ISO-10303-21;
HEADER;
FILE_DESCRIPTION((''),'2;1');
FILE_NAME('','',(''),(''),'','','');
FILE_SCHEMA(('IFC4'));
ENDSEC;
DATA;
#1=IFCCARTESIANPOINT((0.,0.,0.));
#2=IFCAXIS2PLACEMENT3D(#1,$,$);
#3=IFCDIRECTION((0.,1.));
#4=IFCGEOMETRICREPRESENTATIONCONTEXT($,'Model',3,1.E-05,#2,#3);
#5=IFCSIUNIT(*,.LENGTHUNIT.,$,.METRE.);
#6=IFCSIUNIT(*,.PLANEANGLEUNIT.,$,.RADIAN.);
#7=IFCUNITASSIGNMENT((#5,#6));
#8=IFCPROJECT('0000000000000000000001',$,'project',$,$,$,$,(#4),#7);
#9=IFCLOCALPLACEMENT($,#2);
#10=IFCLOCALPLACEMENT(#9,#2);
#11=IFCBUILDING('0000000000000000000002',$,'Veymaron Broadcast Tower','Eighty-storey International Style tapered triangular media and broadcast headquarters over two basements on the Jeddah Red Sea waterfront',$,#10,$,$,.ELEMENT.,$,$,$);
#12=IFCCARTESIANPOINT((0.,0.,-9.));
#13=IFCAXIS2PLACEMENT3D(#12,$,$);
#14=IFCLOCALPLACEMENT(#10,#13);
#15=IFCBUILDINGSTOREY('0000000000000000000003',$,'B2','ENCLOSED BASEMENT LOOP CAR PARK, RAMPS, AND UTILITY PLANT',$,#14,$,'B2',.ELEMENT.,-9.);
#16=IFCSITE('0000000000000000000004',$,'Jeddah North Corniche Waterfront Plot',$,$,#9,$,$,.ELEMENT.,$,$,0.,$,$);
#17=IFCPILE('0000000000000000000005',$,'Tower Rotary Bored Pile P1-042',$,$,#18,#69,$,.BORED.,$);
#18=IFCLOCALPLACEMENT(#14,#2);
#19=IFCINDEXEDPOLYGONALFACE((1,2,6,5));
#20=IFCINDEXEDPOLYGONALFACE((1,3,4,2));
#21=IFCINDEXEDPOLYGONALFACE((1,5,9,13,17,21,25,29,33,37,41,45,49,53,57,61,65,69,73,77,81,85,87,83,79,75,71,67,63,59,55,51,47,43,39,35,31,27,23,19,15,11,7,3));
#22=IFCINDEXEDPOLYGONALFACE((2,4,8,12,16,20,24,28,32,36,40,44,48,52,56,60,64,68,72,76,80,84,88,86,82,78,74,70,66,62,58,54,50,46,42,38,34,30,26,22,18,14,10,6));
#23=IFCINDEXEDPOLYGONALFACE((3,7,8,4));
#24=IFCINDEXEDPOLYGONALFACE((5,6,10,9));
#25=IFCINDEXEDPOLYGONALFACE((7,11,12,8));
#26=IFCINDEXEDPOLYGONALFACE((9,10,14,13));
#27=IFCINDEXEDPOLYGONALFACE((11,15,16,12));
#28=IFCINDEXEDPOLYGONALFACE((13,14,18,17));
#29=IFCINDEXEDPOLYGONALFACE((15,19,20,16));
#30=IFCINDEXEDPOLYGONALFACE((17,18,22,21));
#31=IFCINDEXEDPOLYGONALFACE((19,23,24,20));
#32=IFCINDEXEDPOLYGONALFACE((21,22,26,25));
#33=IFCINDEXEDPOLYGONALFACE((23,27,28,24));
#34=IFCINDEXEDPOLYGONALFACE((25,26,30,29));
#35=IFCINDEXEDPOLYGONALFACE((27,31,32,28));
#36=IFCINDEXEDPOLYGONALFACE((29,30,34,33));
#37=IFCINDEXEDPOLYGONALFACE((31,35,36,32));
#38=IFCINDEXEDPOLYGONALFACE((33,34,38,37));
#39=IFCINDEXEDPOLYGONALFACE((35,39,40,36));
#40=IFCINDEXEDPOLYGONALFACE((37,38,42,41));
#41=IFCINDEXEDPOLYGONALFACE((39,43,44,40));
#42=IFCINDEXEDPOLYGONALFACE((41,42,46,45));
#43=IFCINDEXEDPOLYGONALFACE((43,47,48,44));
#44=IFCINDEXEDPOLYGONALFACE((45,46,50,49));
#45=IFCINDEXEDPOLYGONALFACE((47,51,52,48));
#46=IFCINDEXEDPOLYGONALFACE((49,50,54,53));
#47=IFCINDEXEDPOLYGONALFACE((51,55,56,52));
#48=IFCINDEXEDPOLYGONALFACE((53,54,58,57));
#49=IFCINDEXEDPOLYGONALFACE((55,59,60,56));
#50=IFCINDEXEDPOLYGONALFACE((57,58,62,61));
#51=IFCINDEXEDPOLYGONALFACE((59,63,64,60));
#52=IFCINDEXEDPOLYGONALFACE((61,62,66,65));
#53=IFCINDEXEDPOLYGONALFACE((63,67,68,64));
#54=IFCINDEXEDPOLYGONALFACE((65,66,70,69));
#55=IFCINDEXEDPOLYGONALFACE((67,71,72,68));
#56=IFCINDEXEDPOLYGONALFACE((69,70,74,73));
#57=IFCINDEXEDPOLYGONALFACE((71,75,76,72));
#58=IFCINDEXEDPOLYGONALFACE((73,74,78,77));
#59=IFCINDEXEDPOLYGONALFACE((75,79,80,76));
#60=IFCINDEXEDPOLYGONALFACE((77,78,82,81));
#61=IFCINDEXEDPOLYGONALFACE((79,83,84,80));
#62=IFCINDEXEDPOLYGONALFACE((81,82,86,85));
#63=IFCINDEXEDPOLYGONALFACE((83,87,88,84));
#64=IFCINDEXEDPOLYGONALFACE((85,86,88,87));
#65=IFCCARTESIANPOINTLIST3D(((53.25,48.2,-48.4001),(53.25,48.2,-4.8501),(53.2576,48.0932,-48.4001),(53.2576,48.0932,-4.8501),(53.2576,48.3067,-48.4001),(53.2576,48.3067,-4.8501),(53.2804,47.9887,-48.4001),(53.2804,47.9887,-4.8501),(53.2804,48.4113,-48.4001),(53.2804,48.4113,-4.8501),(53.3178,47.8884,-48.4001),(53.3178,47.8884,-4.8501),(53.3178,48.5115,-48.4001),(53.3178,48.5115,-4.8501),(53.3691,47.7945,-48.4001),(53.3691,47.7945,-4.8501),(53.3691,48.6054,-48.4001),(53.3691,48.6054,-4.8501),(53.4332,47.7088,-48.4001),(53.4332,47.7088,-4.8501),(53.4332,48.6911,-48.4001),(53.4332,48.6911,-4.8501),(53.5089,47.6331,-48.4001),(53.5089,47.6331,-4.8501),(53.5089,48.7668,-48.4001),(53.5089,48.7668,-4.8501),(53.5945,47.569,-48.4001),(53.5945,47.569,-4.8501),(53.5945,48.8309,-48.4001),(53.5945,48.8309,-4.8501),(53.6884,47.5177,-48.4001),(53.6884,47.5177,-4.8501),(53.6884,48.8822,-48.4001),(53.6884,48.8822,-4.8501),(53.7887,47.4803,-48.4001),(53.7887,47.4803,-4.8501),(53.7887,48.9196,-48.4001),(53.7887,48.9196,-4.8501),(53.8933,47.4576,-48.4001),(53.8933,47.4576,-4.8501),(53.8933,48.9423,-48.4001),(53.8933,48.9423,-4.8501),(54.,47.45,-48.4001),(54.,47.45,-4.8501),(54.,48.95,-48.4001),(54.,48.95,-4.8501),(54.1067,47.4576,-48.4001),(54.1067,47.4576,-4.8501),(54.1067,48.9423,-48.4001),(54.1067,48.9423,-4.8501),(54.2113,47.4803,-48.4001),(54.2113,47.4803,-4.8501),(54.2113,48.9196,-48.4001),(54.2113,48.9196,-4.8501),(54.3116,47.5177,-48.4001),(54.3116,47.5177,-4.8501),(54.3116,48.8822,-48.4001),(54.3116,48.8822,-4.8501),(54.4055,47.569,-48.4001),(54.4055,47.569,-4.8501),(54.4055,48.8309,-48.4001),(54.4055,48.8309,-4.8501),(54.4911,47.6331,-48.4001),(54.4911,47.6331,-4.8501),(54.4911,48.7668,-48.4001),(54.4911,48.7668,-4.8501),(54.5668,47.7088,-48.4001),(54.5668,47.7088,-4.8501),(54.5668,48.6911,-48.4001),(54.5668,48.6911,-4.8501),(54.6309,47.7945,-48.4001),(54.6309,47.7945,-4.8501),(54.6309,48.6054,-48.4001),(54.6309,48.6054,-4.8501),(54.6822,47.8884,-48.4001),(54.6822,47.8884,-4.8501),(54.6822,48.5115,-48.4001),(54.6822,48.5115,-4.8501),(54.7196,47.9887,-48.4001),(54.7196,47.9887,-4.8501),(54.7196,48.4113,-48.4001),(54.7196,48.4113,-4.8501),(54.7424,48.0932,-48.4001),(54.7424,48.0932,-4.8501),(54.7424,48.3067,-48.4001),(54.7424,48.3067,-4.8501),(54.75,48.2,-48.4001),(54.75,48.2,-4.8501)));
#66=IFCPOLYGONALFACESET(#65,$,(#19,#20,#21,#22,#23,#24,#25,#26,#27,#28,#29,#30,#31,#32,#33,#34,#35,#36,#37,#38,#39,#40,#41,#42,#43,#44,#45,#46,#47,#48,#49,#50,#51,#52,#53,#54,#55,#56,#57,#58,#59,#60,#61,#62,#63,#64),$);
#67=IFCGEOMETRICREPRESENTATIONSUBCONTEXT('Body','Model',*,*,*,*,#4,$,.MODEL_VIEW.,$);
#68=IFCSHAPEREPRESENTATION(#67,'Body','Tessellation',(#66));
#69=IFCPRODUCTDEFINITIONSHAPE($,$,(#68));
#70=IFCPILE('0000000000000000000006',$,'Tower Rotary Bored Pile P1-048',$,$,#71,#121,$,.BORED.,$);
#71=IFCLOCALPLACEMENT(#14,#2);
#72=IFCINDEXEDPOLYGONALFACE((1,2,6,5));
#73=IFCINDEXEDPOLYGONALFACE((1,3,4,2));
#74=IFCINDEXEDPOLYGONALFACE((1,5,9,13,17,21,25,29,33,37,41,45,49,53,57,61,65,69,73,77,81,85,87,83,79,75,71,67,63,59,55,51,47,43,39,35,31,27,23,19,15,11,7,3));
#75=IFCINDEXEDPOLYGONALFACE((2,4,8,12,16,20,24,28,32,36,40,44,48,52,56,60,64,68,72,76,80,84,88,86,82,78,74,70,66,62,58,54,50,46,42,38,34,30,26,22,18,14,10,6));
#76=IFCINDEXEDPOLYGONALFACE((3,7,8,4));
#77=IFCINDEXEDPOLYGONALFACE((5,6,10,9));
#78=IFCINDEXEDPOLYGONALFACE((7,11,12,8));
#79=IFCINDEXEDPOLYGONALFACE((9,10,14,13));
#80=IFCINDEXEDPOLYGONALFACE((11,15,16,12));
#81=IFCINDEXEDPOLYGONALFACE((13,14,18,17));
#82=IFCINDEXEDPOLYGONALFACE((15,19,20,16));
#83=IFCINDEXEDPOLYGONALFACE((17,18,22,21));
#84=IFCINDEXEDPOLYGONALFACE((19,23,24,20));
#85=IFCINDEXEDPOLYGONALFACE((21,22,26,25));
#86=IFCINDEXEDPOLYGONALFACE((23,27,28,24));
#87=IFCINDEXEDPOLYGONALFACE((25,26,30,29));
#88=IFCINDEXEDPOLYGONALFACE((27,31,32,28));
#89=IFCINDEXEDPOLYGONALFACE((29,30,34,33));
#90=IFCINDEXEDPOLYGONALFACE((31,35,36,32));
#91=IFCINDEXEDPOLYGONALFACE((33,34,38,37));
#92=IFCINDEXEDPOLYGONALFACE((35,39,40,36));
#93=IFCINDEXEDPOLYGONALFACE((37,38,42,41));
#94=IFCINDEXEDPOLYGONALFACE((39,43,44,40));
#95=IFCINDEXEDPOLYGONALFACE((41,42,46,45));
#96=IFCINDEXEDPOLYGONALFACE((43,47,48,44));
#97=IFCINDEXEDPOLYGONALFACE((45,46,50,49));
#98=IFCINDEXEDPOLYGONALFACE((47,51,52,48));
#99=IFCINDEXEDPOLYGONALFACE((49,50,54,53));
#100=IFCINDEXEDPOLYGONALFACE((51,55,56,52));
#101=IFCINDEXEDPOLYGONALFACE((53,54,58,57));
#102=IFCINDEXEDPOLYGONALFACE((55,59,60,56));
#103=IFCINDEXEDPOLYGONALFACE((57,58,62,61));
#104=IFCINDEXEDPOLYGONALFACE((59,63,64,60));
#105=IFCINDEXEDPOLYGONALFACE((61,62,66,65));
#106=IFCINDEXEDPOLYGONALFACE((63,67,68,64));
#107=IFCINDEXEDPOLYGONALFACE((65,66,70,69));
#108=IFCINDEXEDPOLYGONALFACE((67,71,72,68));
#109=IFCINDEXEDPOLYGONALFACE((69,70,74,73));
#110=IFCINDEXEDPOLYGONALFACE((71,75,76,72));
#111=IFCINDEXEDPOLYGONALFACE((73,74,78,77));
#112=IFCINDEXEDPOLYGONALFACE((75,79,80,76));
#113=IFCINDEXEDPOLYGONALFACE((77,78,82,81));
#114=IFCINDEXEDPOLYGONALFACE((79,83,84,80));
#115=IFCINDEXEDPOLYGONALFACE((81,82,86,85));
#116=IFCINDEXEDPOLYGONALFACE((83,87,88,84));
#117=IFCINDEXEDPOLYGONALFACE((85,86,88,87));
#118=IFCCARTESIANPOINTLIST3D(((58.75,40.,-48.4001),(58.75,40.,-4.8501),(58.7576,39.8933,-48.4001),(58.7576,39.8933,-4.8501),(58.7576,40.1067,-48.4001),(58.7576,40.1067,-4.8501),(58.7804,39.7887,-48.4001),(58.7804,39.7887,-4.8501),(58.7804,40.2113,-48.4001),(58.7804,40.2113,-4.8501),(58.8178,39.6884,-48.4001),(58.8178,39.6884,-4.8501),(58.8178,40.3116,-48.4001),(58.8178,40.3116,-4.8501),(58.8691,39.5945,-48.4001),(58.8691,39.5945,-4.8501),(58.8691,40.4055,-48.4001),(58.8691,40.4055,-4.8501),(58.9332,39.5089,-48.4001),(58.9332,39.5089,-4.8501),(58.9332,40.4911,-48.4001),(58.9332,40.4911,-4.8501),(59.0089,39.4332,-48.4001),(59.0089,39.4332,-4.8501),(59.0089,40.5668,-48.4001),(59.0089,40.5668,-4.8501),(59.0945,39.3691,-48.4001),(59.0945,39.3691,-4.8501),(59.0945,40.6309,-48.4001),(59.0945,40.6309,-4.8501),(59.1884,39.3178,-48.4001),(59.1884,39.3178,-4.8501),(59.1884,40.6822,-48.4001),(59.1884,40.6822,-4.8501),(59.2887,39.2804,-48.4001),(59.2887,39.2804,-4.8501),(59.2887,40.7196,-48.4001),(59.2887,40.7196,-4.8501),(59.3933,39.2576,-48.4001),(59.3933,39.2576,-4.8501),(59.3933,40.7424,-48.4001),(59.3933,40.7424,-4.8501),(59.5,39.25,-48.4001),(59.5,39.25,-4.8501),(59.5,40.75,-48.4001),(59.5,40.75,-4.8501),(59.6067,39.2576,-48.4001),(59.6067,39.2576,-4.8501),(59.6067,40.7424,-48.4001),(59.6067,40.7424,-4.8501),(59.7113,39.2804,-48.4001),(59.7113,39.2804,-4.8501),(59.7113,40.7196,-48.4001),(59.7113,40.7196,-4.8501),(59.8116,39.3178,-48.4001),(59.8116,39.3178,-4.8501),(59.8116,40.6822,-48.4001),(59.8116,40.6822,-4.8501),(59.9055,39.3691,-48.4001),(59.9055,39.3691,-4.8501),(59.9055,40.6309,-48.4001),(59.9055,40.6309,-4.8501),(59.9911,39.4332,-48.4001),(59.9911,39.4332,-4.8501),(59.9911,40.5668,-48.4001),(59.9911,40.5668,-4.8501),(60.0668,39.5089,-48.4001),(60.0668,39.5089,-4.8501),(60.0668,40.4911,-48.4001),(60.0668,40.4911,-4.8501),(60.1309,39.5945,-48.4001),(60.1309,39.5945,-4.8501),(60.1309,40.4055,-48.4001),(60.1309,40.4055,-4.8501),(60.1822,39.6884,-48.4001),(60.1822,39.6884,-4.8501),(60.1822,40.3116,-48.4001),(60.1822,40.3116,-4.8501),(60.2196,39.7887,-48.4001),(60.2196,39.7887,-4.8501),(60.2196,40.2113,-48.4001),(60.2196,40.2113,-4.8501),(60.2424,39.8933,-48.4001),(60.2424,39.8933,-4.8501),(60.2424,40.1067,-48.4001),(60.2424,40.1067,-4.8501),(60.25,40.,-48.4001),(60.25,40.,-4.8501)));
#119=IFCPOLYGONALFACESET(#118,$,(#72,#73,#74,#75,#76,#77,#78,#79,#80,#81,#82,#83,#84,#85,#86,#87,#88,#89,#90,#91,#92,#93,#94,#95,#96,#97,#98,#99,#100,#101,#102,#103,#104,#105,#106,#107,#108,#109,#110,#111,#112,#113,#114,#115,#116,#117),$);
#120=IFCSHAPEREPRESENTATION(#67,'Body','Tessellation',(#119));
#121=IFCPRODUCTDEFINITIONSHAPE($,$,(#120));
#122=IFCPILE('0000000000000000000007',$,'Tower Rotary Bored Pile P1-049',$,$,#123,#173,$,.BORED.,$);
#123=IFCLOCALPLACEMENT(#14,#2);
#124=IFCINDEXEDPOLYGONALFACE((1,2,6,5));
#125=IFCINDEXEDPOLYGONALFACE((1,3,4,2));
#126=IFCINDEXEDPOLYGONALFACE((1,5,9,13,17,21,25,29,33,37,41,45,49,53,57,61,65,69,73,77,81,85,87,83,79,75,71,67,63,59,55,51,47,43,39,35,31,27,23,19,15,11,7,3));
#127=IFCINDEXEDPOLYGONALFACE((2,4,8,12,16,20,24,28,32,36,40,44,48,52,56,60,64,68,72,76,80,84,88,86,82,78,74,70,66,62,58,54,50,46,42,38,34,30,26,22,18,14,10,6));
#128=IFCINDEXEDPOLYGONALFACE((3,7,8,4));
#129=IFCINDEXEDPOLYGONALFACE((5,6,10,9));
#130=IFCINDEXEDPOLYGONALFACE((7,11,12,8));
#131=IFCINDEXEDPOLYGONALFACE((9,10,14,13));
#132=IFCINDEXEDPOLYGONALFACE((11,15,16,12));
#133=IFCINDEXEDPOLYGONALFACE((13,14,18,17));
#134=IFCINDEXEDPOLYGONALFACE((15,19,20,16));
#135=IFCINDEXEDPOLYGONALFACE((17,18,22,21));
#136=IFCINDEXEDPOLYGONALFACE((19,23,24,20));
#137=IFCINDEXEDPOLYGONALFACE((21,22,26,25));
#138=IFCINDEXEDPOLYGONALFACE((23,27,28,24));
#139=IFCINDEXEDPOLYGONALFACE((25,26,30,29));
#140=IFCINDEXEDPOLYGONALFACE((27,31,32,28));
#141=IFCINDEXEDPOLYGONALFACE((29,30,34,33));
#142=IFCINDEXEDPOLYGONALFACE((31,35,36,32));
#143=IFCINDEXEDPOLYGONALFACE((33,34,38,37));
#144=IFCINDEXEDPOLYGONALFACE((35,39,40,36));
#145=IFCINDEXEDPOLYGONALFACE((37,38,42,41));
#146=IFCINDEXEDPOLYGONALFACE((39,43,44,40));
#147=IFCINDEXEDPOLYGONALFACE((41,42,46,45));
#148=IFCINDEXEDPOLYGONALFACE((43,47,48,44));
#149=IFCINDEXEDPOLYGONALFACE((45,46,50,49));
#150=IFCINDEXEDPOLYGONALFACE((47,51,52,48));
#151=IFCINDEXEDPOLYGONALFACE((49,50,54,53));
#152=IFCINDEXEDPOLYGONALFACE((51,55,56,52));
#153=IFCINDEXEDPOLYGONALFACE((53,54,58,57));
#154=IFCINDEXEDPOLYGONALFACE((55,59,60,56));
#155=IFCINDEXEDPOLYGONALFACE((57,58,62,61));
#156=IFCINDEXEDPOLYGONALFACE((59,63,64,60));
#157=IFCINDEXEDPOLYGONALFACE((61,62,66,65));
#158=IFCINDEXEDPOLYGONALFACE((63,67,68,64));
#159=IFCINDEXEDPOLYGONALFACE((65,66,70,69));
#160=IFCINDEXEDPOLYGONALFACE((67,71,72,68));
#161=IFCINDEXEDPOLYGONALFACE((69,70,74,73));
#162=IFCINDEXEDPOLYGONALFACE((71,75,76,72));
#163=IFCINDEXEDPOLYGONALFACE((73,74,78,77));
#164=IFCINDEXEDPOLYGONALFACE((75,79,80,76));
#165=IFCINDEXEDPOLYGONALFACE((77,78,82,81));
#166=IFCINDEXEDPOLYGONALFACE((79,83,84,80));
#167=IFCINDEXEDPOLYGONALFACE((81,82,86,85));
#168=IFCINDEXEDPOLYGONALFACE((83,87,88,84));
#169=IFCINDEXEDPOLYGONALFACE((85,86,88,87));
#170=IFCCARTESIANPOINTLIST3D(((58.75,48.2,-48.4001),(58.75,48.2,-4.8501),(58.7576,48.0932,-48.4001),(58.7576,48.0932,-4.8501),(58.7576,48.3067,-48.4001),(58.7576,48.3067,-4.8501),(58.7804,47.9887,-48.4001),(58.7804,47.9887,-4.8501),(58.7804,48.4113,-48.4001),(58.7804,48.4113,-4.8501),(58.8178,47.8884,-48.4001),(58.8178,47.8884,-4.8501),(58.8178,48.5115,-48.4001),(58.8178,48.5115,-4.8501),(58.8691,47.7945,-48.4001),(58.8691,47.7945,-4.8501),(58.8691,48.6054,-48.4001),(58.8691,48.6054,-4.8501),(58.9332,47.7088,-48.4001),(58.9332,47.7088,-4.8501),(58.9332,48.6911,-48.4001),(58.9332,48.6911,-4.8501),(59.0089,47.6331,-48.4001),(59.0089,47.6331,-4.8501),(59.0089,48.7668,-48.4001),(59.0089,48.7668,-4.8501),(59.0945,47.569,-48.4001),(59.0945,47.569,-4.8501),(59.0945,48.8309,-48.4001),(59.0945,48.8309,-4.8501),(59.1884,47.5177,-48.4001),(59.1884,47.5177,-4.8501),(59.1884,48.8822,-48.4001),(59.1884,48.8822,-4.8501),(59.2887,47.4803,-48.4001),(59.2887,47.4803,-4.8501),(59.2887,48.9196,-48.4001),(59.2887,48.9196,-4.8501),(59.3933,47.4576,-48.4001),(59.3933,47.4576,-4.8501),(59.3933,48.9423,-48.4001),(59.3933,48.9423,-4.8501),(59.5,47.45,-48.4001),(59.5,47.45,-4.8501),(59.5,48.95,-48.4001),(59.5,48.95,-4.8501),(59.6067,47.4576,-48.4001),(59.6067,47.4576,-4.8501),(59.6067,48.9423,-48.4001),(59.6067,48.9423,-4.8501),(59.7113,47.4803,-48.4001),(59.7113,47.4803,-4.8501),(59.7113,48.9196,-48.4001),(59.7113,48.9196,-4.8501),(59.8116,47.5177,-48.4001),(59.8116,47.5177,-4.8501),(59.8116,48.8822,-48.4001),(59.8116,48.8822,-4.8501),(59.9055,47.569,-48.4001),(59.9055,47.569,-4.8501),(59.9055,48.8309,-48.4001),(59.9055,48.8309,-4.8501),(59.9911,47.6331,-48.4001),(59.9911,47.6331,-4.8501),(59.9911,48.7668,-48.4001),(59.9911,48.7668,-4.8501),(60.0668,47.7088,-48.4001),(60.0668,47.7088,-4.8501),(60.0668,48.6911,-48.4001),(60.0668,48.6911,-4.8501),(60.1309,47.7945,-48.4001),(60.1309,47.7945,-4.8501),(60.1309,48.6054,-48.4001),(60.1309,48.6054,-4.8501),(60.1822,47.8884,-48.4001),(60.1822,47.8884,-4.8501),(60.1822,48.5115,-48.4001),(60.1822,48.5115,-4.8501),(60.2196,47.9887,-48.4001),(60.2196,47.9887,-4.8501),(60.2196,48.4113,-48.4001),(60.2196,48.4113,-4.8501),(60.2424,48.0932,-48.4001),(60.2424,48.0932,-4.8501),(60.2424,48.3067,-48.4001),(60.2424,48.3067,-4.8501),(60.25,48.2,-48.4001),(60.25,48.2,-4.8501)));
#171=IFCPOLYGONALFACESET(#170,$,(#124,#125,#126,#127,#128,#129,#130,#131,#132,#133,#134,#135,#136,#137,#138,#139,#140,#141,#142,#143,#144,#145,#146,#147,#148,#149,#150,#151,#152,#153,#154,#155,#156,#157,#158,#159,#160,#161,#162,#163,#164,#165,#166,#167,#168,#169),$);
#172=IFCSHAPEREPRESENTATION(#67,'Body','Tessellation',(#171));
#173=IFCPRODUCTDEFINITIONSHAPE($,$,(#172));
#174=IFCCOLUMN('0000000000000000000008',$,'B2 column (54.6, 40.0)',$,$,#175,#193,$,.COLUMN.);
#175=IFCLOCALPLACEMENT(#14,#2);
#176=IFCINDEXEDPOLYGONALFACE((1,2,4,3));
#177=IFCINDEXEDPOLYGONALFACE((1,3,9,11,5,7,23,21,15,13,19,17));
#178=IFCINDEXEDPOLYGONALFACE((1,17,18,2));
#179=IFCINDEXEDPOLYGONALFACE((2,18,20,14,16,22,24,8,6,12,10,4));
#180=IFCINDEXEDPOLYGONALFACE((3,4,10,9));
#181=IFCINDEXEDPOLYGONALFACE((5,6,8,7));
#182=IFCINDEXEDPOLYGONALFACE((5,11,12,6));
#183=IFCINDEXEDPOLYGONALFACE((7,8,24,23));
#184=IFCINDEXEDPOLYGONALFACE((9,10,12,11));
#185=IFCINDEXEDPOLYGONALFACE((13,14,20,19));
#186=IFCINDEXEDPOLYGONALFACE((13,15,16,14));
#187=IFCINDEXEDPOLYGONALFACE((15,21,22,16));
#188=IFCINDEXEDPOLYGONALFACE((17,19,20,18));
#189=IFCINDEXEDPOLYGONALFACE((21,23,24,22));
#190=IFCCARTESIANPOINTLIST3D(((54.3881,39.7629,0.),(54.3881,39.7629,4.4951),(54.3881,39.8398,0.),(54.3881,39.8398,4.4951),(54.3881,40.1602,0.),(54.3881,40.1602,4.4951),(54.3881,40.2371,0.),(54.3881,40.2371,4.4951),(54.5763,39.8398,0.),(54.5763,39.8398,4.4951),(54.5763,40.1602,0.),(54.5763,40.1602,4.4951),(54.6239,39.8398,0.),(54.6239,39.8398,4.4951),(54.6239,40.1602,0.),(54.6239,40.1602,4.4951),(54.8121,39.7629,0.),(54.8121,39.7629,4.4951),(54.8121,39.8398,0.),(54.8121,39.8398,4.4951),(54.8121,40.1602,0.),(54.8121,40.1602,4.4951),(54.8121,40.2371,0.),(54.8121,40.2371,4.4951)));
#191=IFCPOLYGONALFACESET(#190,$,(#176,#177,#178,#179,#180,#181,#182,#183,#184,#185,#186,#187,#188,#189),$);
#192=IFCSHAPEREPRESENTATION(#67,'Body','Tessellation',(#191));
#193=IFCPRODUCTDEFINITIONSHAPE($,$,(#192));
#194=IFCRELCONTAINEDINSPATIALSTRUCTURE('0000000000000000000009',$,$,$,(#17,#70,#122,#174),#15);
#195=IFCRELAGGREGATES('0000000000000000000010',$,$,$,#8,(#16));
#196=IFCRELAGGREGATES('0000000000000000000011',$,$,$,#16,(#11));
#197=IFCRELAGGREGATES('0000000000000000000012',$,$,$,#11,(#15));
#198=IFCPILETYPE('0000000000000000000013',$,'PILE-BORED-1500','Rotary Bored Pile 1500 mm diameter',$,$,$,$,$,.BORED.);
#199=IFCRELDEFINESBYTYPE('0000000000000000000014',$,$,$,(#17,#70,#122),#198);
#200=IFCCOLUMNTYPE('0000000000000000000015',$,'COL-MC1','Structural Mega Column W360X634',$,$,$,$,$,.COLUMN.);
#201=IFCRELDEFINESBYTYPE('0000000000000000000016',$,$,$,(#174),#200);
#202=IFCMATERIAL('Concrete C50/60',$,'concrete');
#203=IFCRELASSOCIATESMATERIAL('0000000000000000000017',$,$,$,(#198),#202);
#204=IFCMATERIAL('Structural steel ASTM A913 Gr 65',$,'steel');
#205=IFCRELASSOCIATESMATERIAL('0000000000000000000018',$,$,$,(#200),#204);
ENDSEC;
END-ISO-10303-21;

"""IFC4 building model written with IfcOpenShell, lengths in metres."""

from ifc_helpers import new_model, si_unit, direction, frame, origin, origin_2d, place, context, subcontext, project, spatial, circle, i_section, extrude, material, material_profile, profile_set, type_object, element, save


model = new_model("IFC4")

# Units and contexts
model_context = context("Model", 3, precision=1e-05, world=origin(), true_north=direction((0.0, 1.0)))
body_context = subcontext(model_context, "Body", "Model", "MODEL_VIEW")
ifc_project = project(units=[si_unit("LENGTHUNIT", "METRE"), si_unit("PLANEANGLEUNIT", "RADIAN")], contexts=[model_context])

# Site, building, storey
site_placement = place(None, origin())
site = spatial("IfcSite", under=ifc_project, at=site_placement, Name="Jeddah North Corniche Waterfront Plot", CompositionType="ELEMENT", RefElevation=0.0)
building_placement = place(site_placement, origin())
building = spatial("IfcBuilding", under=site, at=building_placement, Name="Veymaron Broadcast Tower", Description="Eighty-storey International Style tapered triangular media and broadcast headquarters over two basements on the Jeddah Red Sea waterfront", CompositionType="ELEMENT")
storey_placement = place(building_placement, frame((0.0, 0.0, -9.0)))
storey = spatial("IfcBuildingStorey", under=building, at=storey_placement, Name="B2", Description="ENCLOSED BASEMENT LOOP CAR PARK, RAMPS, AND UTILITY PLANT", LongName="B2", CompositionType="ELEMENT", Elevation=-9.0)

# Piles
ifc_material_1 = material(Name="Concrete C50/60", Category="concrete")
ifc_material_profile_1 = material_profile(ifc_material_1, circle(Radius=0.75, at=origin_2d()), Name="PILE1500")
ifc_profile_set_1 = profile_set([ifc_material_profile_1], Name="Concrete C50/60")
pile_type = type_object("IfcPileType", Name="PILE-BORED-1500", Description="Rotary Bored Pile 1500 mm diameter", PredefinedType="BORED", material=ifc_profile_set_1)
for number, where, z_axis, x_axis, name in (
    (1, (54.0, 48.2, -4.8501), (0.0, 0.0, -1.0), (1.0, 0.0, 0.0), "Tower Rotary Bored Pile P1-042"),
    (2, (59.5, 40.0, -4.8501), (0.0, 0.0, -1.0), (1.0, 0.0, 0.0), "Tower Rotary Bored Pile P1-048"),
    (3, (59.5, 48.2, -4.8501), (0.0, 0.0, -1.0), (1.0, 0.0, 0.0), "Tower Rotary Bored Pile P1-049"),
):
    element("IfcPile", number, at=place(storey_placement, frame(where, z_axis=z_axis, x_axis=x_axis)), inside=storey, type_object=pile_type, Name=name, PredefinedType="BORED", context=body_context, shape_type="SweptSolid", body=[
        extrude(circle(Radius=0.75, at=origin_2d()), origin(), (0.0, 0.0, 1.0), 43.55),
    ])

# Column
ifc_material_2 = material(Name="Structural steel ASTM A913 Gr 65", Category="steel")
ifc_material_profile_2 = material_profile(ifc_material_2, i_section(OverallWidth=0.4241, OverallDepth=0.4741, WebThickness=0.0476, FlangeThickness=0.0769, at=origin_2d()), Name="W360X634")
ifc_profile_set_2 = profile_set([ifc_material_profile_2], Name="Structural steel ASTM A913 Gr 65")
column_type_1 = type_object("IfcColumnType", Name="COL-MC1", Description="Structural Mega Column W360X634", PredefinedType="COLUMN", material=ifc_profile_set_2)
column_placement = place(storey_placement, frame((54.6001, 40.0, 0.0), z_axis=(0.0, 0.0, 1.0), x_axis=(1.0, 0.0, 0.0)))
element("IfcColumn", 4, at=column_placement, inside=storey, type_object=column_type_1, Name="B2 column (54.6, 40.0)", PredefinedType="COLUMN", context=body_context, shape_type="SweptSolid", body=[
    extrude(i_section(OverallWidth=0.4241, OverallDepth=0.4741, WebThickness=0.0476, FlangeThickness=0.0769, at=origin_2d()), origin(), (0.0, 0.0, 1.0), 4.4951),
])

save(model, "model.ifc")
